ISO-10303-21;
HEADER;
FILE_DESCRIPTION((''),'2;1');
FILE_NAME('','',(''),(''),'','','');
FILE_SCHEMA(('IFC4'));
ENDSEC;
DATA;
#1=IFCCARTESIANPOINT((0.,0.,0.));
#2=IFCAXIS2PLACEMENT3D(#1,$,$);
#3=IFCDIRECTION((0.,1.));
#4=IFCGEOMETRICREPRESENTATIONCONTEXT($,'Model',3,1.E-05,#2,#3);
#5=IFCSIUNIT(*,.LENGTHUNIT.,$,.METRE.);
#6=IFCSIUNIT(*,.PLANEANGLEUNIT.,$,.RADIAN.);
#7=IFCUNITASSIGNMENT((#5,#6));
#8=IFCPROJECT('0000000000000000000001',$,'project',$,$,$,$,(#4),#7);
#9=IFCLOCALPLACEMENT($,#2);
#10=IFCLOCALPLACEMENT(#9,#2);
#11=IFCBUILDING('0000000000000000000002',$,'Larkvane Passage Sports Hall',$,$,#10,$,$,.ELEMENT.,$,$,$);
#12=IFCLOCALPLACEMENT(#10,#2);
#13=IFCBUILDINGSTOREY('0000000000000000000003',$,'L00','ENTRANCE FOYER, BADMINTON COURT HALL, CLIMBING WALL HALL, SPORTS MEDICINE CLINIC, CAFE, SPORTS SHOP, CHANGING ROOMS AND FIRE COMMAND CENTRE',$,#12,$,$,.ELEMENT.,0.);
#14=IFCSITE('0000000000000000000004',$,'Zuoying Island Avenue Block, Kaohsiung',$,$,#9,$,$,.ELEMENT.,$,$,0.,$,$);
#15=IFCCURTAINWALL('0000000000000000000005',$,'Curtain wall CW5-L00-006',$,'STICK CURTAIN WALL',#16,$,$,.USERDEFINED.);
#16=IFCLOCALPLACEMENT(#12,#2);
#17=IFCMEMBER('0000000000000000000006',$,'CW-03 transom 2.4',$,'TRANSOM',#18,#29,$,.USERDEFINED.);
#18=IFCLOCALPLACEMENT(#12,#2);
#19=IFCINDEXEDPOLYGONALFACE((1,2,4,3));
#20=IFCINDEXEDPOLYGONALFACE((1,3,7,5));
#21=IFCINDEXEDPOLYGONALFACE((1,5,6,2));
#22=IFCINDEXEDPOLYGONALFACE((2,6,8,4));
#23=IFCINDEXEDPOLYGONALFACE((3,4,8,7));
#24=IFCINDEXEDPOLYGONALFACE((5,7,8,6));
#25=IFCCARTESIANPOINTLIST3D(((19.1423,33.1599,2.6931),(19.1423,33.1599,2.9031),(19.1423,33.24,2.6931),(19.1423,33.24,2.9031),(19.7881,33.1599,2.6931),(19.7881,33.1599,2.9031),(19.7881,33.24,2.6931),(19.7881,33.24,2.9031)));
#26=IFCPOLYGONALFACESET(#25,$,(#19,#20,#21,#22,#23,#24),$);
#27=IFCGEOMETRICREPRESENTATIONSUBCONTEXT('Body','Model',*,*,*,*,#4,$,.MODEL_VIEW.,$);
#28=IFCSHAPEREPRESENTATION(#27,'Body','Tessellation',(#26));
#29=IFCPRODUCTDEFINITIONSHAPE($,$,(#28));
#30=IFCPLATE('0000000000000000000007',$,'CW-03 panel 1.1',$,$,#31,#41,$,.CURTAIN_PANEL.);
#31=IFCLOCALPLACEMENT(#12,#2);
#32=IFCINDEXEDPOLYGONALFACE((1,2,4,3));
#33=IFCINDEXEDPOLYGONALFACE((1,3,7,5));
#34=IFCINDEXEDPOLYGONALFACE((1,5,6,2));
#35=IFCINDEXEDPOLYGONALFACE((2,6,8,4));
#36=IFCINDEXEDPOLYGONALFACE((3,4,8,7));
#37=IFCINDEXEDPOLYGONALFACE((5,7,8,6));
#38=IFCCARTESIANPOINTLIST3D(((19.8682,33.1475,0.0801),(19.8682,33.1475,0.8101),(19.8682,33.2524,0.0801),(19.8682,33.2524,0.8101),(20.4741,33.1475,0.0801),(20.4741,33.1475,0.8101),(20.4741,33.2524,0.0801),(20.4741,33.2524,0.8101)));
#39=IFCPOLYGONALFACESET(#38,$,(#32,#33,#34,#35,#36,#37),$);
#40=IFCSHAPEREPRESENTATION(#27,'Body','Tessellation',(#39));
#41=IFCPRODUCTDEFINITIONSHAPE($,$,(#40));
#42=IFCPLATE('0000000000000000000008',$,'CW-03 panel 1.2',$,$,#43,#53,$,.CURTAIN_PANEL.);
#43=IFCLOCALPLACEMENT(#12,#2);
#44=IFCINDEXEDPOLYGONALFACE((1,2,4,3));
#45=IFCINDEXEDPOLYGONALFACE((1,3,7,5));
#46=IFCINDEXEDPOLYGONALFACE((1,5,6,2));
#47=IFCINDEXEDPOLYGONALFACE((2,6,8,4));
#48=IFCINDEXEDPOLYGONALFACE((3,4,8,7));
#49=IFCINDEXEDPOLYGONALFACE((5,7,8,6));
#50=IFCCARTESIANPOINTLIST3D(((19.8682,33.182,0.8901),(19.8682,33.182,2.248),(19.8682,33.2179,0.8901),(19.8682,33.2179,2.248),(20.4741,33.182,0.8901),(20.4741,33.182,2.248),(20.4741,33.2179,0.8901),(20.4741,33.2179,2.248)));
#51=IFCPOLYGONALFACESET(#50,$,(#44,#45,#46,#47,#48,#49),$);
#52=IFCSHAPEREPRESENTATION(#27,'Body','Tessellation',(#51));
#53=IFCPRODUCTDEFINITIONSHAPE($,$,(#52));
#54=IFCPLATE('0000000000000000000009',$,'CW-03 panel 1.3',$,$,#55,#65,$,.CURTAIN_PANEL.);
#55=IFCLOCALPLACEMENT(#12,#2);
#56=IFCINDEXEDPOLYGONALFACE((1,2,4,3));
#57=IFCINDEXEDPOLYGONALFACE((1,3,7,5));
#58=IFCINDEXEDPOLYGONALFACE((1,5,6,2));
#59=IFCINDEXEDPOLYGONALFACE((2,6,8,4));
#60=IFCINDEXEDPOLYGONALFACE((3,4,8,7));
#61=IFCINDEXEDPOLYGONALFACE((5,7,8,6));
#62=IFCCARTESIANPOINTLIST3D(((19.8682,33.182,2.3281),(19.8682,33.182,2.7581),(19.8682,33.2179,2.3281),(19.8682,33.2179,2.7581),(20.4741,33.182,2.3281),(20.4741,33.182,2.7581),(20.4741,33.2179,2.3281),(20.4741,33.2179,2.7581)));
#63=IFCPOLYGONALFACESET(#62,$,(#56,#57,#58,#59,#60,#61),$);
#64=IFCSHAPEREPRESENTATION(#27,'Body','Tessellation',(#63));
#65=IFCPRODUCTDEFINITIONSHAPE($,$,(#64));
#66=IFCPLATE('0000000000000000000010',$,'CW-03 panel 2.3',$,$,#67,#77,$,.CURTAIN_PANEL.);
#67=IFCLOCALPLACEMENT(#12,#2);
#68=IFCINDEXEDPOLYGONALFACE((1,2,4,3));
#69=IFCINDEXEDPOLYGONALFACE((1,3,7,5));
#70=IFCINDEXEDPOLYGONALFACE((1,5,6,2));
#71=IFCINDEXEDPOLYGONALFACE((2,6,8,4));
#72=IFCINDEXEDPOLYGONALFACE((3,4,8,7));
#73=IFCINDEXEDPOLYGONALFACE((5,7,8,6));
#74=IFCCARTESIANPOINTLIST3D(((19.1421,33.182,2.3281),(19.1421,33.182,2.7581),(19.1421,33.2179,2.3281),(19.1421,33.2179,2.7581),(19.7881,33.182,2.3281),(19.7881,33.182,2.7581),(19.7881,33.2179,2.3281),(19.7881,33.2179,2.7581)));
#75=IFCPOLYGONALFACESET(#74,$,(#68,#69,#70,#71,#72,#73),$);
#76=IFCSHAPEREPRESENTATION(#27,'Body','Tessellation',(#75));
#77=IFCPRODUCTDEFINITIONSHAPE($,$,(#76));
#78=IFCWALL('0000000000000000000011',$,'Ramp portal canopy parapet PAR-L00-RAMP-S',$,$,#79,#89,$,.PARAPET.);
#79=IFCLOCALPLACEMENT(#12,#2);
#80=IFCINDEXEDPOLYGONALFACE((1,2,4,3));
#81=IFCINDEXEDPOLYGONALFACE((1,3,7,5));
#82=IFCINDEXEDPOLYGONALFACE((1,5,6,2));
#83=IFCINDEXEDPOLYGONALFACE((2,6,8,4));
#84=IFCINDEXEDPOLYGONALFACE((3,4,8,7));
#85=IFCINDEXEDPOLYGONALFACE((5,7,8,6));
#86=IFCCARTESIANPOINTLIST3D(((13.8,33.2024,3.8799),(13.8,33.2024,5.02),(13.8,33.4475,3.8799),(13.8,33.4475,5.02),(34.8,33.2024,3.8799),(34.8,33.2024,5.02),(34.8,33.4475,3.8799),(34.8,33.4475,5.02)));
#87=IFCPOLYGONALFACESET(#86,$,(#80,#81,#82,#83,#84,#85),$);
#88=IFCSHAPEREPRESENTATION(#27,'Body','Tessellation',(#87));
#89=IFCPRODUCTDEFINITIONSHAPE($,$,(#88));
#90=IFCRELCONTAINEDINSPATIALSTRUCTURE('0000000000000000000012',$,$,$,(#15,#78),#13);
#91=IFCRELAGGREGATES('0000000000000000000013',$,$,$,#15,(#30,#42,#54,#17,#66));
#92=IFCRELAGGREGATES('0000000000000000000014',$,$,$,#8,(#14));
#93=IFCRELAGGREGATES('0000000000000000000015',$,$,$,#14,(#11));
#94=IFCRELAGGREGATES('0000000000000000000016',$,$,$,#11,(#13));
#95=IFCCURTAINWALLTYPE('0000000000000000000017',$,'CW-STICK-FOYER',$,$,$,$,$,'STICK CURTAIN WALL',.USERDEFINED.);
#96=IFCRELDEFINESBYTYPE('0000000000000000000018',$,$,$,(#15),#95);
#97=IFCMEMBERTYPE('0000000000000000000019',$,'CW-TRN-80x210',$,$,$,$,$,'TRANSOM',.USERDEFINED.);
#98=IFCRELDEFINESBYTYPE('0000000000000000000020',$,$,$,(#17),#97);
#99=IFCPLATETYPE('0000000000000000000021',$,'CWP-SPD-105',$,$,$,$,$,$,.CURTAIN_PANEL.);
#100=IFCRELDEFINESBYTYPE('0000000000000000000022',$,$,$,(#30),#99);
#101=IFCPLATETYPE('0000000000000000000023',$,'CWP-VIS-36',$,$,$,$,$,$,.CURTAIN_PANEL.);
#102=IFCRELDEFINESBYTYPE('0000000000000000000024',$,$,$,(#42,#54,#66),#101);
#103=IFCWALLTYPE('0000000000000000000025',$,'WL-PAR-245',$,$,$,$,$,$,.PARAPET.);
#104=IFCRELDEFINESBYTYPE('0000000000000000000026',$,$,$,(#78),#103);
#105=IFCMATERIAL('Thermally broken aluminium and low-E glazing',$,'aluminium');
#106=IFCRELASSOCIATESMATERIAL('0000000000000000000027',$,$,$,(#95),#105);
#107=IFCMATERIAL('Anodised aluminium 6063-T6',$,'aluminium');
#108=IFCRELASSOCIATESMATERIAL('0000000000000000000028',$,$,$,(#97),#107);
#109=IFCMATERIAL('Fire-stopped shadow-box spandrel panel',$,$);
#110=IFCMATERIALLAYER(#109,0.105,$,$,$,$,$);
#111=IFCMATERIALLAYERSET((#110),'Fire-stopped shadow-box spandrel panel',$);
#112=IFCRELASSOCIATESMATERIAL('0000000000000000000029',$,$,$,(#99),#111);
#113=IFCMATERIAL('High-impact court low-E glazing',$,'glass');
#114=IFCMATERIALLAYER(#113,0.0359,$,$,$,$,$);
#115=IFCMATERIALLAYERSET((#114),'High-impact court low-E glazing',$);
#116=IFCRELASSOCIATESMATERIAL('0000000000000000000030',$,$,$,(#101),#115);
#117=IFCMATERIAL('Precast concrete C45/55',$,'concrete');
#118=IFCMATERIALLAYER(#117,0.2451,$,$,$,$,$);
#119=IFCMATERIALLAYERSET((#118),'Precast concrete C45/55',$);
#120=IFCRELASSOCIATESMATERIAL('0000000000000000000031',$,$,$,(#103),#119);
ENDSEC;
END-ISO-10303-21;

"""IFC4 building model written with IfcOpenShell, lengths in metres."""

from ifc_helpers import new_model, si_unit, direction, frame, frame_2d, origin, origin_2d, place, context, subcontext, project, spatial, rectangle, extrude, material, layer, layer_set, material_profile, profile_set, type_object, element, aggregate, save


model = new_model("IFC4")

# Units and contexts
model_context = context("Model", 3, precision=1e-05, world=origin(), true_north=direction((0.0, 1.0)))
body_context = subcontext(model_context, "Body", "Model", "MODEL_VIEW")
ifc_project = project(units=[si_unit("LENGTHUNIT", "METRE"), si_unit("PLANEANGLEUNIT", "RADIAN")], contexts=[model_context])

# Site, building, storey
site_placement = place(None, origin())
site = spatial("IfcSite", under=ifc_project, at=site_placement, Name="Zuoying Island Avenue Block, Kaohsiung", CompositionType="ELEMENT", RefElevation=0.0)
building_placement = place(site_placement, origin())
building = spatial("IfcBuilding", under=site, at=building_placement, Name="Larkvane Passage Sports Hall", CompositionType="ELEMENT")
storey_placement = place(building_placement, origin())
storey = spatial("IfcBuildingStorey", under=building, at=storey_placement, Name="L00", Description="ENTRANCE FOYER, BADMINTON COURT HALL, CLIMBING WALL HALL, SPORTS MEDICINE CLINIC, CAFE, SPORTS SHOP, CHANGING ROOMS AND FIRE COMMAND CENTRE", CompositionType="ELEMENT", Elevation=0.0)

# Curtain wall, member, plates
ifc_material_1 = material(Name="Thermally broken aluminium and low-E glazing", Category="aluminium")
curtain_wall_type = type_object("IfcCurtainWallType", Name="CW-STICK-FOYER", ElementType="STICK CURTAIN WALL", PredefinedType="USERDEFINED", material=ifc_material_1)
curtain_wall_placement = place(storey_placement, origin())
curtain_wall = element("IfcCurtainWall", 1, at=curtain_wall_placement, inside=storey, type_object=curtain_wall_type, Name="Curtain wall CW5-L00-006", ObjectType="STICK CURTAIN WALL", PredefinedType="USERDEFINED")
ifc_material_2 = material(Name="Anodised aluminium 6063-T6", Category="aluminium")
ifc_material_profile_1 = material_profile(ifc_material_2, rectangle(XDim=0.0801, YDim=0.21, at=origin_2d()), Name="ALU-TRN-80x210")
ifc_profile_set_1 = profile_set([ifc_material_profile_1], Name="Anodised aluminium 6063-T6")
member_type_1 = type_object("IfcMemberType", Name="CW-TRN-80x210", ElementType="TRANSOM", PredefinedType="USERDEFINED", material=ifc_profile_set_1)
member_1_placement = place(storey_placement, frame((19.7881, 33.2, 2.7981), z_axis=(-1.0, 0.0, 0.0), x_axis=(0.0, -1.0, 0.0)))
member_1 = element("IfcMember", 2, at=member_1_placement, type_object=member_type_1, Name="CW-03 transom 2.4", ObjectType="TRANSOM", PredefinedType="USERDEFINED", context=body_context, shape_type="SweptSolid", body=[
    extrude(rectangle(XDim=0.0801, YDim=0.21, at=origin_2d()), origin(), (0.0, 0.0, 1.0), 0.6458),
])
ifc_material_3 = material(Name="Fire-stopped shadow-box spandrel panel")
ifc_layer_1 = layer(ifc_material_3, 0.105)
ifc_layer_set_1 = layer_set([ifc_layer_1], Name="Fire-stopped shadow-box spandrel panel")
plate_type_1 = type_object("IfcPlateType", Name="CWP-SPD-105", PredefinedType="CURTAIN_PANEL", material=ifc_layer_set_1)
plate_1_placement = place(storey_placement, frame((20.1711, 33.2, 0.0801), z_axis=(0.0, 0.0, 1.0), x_axis=(-1.0, 0.0, 0.0)))
plate_1 = element("IfcPlate", 3, at=plate_1_placement, type_object=plate_type_1, Name="CW-03 panel 1.1", PredefinedType="CURTAIN_PANEL", context=body_context, shape_type="SweptSolid", body=[
    extrude(rectangle(XDim=0.606, YDim=0.105, at=origin_2d()), origin(), (0.0, 0.0, 1.0), 0.73),
])
ifc_material_4 = material(Name="High-impact court low-E glazing", Category="glass")
ifc_layer_2 = layer(ifc_material_4, 0.0359)
ifc_layer_set_2 = layer_set([ifc_layer_2], Name="High-impact court low-E glazing")
plate_type_2 = type_object("IfcPlateType", Name="CWP-VIS-36", PredefinedType="CURTAIN_PANEL", material=ifc_layer_set_2)
plate_2_placement = place(storey_placement, frame((20.1711, 33.2, 0.8901), z_axis=(0.0, 0.0, 1.0), x_axis=(-1.0, 0.0, 0.0)))
plate_2 = element("IfcPlate", 4, at=plate_2_placement, type_object=plate_type_2, Name="CW-03 panel 1.2", PredefinedType="CURTAIN_PANEL", context=body_context, shape_type="SweptSolid", body=[
    extrude(rectangle(XDim=0.606, YDim=0.0359, at=origin_2d()), origin(), (0.0, 0.0, 1.0), 1.3579),
])
plate_3_placement = place(storey_placement, frame((20.1711, 33.2, 2.3281), z_axis=(0.0, 0.0, 1.0), x_axis=(-1.0, 0.0, 0.0)))
plate_3 = element("IfcPlate", 5, at=plate_3_placement, type_object=plate_type_2, Name="CW-03 panel 1.3", PredefinedType="CURTAIN_PANEL", context=body_context, shape_type="SweptSolid", body=[
    extrude(rectangle(XDim=0.606, YDim=0.0359, at=origin_2d()), origin(), (0.0, 0.0, 1.0), 0.4299),
])
plate_4_placement = place(storey_placement, frame((19.4651, 33.2, 2.3281), z_axis=(0.0, 0.0, 1.0), x_axis=(-1.0, 0.0, 0.0)))
plate_4 = element("IfcPlate", 6, at=plate_4_placement, type_object=plate_type_2, Name="CW-03 panel 2.3", PredefinedType="CURTAIN_PANEL", context=body_context, shape_type="SweptSolid", body=[
    extrude(rectangle(XDim=0.646, YDim=0.0359, at=origin_2d()), origin(), (0.0, 0.0, 1.0), 0.4299),
])
aggregate(curtain_wall, [plate_1, plate_2, plate_3, member_1, plate_4])

# Wall
ifc_material_5 = material(Name="Precast concrete C45/55", Category="concrete")
ifc_layer_3 = layer(ifc_material_5, 0.2451)
ifc_layer_set_3 = layer_set([ifc_layer_3], Name="Precast concrete C45/55")
wall_type = type_object("IfcWallType", Name="WL-PAR-245", PredefinedType="PARAPET", material=ifc_layer_set_3)
wall_placement = place(storey_placement, frame((13.8, 33.325, 3.8799), z_axis=(0.0, 0.0, 1.0), x_axis=(1.0, 0.0, 0.0)))
element("IfcWall", 7, at=wall_placement, inside=storey, type_object=wall_type, Name="Ramp portal canopy parapet PAR-L00-RAMP-S", PredefinedType="PARAPET", context=body_context, shape_type="SweptSolid", body=[
    extrude(rectangle(XDim=21.0, YDim=0.2451, at=frame_2d((10.5, 0.0))), origin(), (0.0, 0.0, 1.0), 1.1401),
])

save(model, "model.ifc")
